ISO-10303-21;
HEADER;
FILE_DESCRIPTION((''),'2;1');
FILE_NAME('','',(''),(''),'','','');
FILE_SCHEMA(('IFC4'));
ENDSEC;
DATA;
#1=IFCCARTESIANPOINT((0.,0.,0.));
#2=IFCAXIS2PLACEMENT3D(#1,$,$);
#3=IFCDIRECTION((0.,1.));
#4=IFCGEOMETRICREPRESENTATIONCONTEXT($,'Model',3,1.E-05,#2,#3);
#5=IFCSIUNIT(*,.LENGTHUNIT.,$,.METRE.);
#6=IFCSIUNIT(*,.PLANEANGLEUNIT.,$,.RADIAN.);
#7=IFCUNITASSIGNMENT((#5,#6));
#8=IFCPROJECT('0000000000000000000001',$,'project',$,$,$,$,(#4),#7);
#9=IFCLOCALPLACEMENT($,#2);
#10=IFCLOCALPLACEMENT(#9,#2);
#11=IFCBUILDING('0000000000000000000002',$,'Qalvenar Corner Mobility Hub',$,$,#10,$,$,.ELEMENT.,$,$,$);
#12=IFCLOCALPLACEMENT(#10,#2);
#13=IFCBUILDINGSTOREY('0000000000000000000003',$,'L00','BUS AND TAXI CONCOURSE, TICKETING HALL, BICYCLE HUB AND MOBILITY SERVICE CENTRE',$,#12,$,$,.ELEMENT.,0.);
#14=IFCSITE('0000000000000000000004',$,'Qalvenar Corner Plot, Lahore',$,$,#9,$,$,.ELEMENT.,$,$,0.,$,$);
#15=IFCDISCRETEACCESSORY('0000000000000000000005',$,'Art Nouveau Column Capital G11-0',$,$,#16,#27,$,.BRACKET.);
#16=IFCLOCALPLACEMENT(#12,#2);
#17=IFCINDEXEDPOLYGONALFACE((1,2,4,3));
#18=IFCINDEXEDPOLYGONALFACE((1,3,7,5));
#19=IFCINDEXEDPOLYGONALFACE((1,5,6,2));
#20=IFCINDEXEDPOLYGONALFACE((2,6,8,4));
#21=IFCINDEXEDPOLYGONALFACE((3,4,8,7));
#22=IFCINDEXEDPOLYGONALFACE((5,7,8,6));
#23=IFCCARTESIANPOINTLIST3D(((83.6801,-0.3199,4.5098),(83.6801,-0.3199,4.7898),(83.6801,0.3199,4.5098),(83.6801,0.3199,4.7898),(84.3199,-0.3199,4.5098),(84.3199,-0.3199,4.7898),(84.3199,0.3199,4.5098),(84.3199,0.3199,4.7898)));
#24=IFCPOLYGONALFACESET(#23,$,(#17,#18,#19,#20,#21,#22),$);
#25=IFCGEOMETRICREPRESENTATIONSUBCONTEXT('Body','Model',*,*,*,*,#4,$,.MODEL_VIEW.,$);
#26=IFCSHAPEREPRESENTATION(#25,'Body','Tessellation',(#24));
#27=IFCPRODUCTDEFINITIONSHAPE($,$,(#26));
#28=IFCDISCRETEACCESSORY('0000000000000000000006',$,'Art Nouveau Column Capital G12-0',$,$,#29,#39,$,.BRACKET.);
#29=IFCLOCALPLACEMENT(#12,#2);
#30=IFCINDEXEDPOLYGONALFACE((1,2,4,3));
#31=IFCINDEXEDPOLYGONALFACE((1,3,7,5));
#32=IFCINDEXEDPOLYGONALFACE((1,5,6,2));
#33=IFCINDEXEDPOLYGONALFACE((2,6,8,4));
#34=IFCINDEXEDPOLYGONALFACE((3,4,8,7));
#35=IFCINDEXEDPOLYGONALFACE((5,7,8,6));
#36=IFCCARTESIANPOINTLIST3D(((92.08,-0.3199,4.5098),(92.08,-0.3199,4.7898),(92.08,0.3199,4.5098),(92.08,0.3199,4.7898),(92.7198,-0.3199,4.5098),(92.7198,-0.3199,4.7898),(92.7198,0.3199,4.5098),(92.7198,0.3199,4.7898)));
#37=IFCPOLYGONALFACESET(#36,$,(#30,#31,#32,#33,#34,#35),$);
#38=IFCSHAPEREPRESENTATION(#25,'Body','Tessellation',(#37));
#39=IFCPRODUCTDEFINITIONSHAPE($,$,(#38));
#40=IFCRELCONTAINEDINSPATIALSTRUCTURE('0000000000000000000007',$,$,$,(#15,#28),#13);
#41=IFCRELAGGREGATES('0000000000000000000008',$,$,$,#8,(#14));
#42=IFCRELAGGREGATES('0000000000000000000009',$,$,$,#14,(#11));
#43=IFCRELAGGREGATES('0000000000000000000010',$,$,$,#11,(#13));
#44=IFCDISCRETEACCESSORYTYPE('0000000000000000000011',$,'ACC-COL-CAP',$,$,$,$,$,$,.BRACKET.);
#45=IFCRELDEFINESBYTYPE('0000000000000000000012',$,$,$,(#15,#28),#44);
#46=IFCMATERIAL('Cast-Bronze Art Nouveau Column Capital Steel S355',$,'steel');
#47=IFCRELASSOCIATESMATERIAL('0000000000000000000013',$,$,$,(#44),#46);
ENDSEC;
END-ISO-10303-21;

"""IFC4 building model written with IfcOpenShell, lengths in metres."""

from ifc_helpers import new_model, si_unit, direction, frame, origin, origin_2d, place, context, subcontext, project, spatial, rectangle, extrude, material, type_object, element, save


model = new_model("IFC4")

# Units and contexts
model_context = context("Model", 3, precision=1e-05, world=origin(), true_north=direction((0.0, 1.0)))
body_context = subcontext(model_context, "Body", "Model", "MODEL_VIEW")
ifc_project = project(units=[si_unit("LENGTHUNIT", "METRE"), si_unit("PLANEANGLEUNIT", "RADIAN")], contexts=[model_context])

# Site, building, storey
site_placement = place(None, origin())
site = spatial("IfcSite", under=ifc_project, at=site_placement, Name="Qalvenar Corner Plot, Lahore", CompositionType="ELEMENT", RefElevation=0.0)
building_placement = place(site_placement, origin())
building = spatial("IfcBuilding", under=site, at=building_placement, Name="Qalvenar Corner Mobility Hub", CompositionType="ELEMENT")
storey_placement = place(building_placement, origin())
storey = spatial("IfcBuildingStorey", under=building, at=storey_placement, Name="L00", Description="BUS AND TAXI CONCOURSE, TICKETING HALL, BICYCLE HUB AND MOBILITY SERVICE CENTRE", CompositionType="ELEMENT", Elevation=0.0)

# Discrete accessories
ifc_material_1 = material(Name="Cast-Bronze Art Nouveau Column Capital Steel S355", Category="steel")
discrete_accessory_type = type_object("IfcDiscreteAccessoryType", Name="ACC-COL-CAP", PredefinedType="BRACKET", material=ifc_material_1)
for number, where, z_axis, x_axis, name in (
    (1, (84.0, 0.0, 4.5098), (0.0, 0.0, 1.0), (1.0, 0.0, 0.0), "Art Nouveau Column Capital G11-0"),
    (2, (92.3999, 0.0, 4.5098), (0.0, 0.0, 1.0), (1.0, 0.0, 0.0), "Art Nouveau Column Capital G12-0"),
):
    element("IfcDiscreteAccessory", number, at=place(storey_placement, frame(where, z_axis=z_axis, x_axis=x_axis)), inside=storey, type_object=discrete_accessory_type, Name=name, PredefinedType="BRACKET", context=body_context, shape_type="SweptSolid", body=[
        extrude(rectangle(XDim=0.6399, YDim=0.6399, at=origin_2d()), origin(), (0.0, 0.0, 1.0), 0.28),
    ])

save(model, "model.ifc")
